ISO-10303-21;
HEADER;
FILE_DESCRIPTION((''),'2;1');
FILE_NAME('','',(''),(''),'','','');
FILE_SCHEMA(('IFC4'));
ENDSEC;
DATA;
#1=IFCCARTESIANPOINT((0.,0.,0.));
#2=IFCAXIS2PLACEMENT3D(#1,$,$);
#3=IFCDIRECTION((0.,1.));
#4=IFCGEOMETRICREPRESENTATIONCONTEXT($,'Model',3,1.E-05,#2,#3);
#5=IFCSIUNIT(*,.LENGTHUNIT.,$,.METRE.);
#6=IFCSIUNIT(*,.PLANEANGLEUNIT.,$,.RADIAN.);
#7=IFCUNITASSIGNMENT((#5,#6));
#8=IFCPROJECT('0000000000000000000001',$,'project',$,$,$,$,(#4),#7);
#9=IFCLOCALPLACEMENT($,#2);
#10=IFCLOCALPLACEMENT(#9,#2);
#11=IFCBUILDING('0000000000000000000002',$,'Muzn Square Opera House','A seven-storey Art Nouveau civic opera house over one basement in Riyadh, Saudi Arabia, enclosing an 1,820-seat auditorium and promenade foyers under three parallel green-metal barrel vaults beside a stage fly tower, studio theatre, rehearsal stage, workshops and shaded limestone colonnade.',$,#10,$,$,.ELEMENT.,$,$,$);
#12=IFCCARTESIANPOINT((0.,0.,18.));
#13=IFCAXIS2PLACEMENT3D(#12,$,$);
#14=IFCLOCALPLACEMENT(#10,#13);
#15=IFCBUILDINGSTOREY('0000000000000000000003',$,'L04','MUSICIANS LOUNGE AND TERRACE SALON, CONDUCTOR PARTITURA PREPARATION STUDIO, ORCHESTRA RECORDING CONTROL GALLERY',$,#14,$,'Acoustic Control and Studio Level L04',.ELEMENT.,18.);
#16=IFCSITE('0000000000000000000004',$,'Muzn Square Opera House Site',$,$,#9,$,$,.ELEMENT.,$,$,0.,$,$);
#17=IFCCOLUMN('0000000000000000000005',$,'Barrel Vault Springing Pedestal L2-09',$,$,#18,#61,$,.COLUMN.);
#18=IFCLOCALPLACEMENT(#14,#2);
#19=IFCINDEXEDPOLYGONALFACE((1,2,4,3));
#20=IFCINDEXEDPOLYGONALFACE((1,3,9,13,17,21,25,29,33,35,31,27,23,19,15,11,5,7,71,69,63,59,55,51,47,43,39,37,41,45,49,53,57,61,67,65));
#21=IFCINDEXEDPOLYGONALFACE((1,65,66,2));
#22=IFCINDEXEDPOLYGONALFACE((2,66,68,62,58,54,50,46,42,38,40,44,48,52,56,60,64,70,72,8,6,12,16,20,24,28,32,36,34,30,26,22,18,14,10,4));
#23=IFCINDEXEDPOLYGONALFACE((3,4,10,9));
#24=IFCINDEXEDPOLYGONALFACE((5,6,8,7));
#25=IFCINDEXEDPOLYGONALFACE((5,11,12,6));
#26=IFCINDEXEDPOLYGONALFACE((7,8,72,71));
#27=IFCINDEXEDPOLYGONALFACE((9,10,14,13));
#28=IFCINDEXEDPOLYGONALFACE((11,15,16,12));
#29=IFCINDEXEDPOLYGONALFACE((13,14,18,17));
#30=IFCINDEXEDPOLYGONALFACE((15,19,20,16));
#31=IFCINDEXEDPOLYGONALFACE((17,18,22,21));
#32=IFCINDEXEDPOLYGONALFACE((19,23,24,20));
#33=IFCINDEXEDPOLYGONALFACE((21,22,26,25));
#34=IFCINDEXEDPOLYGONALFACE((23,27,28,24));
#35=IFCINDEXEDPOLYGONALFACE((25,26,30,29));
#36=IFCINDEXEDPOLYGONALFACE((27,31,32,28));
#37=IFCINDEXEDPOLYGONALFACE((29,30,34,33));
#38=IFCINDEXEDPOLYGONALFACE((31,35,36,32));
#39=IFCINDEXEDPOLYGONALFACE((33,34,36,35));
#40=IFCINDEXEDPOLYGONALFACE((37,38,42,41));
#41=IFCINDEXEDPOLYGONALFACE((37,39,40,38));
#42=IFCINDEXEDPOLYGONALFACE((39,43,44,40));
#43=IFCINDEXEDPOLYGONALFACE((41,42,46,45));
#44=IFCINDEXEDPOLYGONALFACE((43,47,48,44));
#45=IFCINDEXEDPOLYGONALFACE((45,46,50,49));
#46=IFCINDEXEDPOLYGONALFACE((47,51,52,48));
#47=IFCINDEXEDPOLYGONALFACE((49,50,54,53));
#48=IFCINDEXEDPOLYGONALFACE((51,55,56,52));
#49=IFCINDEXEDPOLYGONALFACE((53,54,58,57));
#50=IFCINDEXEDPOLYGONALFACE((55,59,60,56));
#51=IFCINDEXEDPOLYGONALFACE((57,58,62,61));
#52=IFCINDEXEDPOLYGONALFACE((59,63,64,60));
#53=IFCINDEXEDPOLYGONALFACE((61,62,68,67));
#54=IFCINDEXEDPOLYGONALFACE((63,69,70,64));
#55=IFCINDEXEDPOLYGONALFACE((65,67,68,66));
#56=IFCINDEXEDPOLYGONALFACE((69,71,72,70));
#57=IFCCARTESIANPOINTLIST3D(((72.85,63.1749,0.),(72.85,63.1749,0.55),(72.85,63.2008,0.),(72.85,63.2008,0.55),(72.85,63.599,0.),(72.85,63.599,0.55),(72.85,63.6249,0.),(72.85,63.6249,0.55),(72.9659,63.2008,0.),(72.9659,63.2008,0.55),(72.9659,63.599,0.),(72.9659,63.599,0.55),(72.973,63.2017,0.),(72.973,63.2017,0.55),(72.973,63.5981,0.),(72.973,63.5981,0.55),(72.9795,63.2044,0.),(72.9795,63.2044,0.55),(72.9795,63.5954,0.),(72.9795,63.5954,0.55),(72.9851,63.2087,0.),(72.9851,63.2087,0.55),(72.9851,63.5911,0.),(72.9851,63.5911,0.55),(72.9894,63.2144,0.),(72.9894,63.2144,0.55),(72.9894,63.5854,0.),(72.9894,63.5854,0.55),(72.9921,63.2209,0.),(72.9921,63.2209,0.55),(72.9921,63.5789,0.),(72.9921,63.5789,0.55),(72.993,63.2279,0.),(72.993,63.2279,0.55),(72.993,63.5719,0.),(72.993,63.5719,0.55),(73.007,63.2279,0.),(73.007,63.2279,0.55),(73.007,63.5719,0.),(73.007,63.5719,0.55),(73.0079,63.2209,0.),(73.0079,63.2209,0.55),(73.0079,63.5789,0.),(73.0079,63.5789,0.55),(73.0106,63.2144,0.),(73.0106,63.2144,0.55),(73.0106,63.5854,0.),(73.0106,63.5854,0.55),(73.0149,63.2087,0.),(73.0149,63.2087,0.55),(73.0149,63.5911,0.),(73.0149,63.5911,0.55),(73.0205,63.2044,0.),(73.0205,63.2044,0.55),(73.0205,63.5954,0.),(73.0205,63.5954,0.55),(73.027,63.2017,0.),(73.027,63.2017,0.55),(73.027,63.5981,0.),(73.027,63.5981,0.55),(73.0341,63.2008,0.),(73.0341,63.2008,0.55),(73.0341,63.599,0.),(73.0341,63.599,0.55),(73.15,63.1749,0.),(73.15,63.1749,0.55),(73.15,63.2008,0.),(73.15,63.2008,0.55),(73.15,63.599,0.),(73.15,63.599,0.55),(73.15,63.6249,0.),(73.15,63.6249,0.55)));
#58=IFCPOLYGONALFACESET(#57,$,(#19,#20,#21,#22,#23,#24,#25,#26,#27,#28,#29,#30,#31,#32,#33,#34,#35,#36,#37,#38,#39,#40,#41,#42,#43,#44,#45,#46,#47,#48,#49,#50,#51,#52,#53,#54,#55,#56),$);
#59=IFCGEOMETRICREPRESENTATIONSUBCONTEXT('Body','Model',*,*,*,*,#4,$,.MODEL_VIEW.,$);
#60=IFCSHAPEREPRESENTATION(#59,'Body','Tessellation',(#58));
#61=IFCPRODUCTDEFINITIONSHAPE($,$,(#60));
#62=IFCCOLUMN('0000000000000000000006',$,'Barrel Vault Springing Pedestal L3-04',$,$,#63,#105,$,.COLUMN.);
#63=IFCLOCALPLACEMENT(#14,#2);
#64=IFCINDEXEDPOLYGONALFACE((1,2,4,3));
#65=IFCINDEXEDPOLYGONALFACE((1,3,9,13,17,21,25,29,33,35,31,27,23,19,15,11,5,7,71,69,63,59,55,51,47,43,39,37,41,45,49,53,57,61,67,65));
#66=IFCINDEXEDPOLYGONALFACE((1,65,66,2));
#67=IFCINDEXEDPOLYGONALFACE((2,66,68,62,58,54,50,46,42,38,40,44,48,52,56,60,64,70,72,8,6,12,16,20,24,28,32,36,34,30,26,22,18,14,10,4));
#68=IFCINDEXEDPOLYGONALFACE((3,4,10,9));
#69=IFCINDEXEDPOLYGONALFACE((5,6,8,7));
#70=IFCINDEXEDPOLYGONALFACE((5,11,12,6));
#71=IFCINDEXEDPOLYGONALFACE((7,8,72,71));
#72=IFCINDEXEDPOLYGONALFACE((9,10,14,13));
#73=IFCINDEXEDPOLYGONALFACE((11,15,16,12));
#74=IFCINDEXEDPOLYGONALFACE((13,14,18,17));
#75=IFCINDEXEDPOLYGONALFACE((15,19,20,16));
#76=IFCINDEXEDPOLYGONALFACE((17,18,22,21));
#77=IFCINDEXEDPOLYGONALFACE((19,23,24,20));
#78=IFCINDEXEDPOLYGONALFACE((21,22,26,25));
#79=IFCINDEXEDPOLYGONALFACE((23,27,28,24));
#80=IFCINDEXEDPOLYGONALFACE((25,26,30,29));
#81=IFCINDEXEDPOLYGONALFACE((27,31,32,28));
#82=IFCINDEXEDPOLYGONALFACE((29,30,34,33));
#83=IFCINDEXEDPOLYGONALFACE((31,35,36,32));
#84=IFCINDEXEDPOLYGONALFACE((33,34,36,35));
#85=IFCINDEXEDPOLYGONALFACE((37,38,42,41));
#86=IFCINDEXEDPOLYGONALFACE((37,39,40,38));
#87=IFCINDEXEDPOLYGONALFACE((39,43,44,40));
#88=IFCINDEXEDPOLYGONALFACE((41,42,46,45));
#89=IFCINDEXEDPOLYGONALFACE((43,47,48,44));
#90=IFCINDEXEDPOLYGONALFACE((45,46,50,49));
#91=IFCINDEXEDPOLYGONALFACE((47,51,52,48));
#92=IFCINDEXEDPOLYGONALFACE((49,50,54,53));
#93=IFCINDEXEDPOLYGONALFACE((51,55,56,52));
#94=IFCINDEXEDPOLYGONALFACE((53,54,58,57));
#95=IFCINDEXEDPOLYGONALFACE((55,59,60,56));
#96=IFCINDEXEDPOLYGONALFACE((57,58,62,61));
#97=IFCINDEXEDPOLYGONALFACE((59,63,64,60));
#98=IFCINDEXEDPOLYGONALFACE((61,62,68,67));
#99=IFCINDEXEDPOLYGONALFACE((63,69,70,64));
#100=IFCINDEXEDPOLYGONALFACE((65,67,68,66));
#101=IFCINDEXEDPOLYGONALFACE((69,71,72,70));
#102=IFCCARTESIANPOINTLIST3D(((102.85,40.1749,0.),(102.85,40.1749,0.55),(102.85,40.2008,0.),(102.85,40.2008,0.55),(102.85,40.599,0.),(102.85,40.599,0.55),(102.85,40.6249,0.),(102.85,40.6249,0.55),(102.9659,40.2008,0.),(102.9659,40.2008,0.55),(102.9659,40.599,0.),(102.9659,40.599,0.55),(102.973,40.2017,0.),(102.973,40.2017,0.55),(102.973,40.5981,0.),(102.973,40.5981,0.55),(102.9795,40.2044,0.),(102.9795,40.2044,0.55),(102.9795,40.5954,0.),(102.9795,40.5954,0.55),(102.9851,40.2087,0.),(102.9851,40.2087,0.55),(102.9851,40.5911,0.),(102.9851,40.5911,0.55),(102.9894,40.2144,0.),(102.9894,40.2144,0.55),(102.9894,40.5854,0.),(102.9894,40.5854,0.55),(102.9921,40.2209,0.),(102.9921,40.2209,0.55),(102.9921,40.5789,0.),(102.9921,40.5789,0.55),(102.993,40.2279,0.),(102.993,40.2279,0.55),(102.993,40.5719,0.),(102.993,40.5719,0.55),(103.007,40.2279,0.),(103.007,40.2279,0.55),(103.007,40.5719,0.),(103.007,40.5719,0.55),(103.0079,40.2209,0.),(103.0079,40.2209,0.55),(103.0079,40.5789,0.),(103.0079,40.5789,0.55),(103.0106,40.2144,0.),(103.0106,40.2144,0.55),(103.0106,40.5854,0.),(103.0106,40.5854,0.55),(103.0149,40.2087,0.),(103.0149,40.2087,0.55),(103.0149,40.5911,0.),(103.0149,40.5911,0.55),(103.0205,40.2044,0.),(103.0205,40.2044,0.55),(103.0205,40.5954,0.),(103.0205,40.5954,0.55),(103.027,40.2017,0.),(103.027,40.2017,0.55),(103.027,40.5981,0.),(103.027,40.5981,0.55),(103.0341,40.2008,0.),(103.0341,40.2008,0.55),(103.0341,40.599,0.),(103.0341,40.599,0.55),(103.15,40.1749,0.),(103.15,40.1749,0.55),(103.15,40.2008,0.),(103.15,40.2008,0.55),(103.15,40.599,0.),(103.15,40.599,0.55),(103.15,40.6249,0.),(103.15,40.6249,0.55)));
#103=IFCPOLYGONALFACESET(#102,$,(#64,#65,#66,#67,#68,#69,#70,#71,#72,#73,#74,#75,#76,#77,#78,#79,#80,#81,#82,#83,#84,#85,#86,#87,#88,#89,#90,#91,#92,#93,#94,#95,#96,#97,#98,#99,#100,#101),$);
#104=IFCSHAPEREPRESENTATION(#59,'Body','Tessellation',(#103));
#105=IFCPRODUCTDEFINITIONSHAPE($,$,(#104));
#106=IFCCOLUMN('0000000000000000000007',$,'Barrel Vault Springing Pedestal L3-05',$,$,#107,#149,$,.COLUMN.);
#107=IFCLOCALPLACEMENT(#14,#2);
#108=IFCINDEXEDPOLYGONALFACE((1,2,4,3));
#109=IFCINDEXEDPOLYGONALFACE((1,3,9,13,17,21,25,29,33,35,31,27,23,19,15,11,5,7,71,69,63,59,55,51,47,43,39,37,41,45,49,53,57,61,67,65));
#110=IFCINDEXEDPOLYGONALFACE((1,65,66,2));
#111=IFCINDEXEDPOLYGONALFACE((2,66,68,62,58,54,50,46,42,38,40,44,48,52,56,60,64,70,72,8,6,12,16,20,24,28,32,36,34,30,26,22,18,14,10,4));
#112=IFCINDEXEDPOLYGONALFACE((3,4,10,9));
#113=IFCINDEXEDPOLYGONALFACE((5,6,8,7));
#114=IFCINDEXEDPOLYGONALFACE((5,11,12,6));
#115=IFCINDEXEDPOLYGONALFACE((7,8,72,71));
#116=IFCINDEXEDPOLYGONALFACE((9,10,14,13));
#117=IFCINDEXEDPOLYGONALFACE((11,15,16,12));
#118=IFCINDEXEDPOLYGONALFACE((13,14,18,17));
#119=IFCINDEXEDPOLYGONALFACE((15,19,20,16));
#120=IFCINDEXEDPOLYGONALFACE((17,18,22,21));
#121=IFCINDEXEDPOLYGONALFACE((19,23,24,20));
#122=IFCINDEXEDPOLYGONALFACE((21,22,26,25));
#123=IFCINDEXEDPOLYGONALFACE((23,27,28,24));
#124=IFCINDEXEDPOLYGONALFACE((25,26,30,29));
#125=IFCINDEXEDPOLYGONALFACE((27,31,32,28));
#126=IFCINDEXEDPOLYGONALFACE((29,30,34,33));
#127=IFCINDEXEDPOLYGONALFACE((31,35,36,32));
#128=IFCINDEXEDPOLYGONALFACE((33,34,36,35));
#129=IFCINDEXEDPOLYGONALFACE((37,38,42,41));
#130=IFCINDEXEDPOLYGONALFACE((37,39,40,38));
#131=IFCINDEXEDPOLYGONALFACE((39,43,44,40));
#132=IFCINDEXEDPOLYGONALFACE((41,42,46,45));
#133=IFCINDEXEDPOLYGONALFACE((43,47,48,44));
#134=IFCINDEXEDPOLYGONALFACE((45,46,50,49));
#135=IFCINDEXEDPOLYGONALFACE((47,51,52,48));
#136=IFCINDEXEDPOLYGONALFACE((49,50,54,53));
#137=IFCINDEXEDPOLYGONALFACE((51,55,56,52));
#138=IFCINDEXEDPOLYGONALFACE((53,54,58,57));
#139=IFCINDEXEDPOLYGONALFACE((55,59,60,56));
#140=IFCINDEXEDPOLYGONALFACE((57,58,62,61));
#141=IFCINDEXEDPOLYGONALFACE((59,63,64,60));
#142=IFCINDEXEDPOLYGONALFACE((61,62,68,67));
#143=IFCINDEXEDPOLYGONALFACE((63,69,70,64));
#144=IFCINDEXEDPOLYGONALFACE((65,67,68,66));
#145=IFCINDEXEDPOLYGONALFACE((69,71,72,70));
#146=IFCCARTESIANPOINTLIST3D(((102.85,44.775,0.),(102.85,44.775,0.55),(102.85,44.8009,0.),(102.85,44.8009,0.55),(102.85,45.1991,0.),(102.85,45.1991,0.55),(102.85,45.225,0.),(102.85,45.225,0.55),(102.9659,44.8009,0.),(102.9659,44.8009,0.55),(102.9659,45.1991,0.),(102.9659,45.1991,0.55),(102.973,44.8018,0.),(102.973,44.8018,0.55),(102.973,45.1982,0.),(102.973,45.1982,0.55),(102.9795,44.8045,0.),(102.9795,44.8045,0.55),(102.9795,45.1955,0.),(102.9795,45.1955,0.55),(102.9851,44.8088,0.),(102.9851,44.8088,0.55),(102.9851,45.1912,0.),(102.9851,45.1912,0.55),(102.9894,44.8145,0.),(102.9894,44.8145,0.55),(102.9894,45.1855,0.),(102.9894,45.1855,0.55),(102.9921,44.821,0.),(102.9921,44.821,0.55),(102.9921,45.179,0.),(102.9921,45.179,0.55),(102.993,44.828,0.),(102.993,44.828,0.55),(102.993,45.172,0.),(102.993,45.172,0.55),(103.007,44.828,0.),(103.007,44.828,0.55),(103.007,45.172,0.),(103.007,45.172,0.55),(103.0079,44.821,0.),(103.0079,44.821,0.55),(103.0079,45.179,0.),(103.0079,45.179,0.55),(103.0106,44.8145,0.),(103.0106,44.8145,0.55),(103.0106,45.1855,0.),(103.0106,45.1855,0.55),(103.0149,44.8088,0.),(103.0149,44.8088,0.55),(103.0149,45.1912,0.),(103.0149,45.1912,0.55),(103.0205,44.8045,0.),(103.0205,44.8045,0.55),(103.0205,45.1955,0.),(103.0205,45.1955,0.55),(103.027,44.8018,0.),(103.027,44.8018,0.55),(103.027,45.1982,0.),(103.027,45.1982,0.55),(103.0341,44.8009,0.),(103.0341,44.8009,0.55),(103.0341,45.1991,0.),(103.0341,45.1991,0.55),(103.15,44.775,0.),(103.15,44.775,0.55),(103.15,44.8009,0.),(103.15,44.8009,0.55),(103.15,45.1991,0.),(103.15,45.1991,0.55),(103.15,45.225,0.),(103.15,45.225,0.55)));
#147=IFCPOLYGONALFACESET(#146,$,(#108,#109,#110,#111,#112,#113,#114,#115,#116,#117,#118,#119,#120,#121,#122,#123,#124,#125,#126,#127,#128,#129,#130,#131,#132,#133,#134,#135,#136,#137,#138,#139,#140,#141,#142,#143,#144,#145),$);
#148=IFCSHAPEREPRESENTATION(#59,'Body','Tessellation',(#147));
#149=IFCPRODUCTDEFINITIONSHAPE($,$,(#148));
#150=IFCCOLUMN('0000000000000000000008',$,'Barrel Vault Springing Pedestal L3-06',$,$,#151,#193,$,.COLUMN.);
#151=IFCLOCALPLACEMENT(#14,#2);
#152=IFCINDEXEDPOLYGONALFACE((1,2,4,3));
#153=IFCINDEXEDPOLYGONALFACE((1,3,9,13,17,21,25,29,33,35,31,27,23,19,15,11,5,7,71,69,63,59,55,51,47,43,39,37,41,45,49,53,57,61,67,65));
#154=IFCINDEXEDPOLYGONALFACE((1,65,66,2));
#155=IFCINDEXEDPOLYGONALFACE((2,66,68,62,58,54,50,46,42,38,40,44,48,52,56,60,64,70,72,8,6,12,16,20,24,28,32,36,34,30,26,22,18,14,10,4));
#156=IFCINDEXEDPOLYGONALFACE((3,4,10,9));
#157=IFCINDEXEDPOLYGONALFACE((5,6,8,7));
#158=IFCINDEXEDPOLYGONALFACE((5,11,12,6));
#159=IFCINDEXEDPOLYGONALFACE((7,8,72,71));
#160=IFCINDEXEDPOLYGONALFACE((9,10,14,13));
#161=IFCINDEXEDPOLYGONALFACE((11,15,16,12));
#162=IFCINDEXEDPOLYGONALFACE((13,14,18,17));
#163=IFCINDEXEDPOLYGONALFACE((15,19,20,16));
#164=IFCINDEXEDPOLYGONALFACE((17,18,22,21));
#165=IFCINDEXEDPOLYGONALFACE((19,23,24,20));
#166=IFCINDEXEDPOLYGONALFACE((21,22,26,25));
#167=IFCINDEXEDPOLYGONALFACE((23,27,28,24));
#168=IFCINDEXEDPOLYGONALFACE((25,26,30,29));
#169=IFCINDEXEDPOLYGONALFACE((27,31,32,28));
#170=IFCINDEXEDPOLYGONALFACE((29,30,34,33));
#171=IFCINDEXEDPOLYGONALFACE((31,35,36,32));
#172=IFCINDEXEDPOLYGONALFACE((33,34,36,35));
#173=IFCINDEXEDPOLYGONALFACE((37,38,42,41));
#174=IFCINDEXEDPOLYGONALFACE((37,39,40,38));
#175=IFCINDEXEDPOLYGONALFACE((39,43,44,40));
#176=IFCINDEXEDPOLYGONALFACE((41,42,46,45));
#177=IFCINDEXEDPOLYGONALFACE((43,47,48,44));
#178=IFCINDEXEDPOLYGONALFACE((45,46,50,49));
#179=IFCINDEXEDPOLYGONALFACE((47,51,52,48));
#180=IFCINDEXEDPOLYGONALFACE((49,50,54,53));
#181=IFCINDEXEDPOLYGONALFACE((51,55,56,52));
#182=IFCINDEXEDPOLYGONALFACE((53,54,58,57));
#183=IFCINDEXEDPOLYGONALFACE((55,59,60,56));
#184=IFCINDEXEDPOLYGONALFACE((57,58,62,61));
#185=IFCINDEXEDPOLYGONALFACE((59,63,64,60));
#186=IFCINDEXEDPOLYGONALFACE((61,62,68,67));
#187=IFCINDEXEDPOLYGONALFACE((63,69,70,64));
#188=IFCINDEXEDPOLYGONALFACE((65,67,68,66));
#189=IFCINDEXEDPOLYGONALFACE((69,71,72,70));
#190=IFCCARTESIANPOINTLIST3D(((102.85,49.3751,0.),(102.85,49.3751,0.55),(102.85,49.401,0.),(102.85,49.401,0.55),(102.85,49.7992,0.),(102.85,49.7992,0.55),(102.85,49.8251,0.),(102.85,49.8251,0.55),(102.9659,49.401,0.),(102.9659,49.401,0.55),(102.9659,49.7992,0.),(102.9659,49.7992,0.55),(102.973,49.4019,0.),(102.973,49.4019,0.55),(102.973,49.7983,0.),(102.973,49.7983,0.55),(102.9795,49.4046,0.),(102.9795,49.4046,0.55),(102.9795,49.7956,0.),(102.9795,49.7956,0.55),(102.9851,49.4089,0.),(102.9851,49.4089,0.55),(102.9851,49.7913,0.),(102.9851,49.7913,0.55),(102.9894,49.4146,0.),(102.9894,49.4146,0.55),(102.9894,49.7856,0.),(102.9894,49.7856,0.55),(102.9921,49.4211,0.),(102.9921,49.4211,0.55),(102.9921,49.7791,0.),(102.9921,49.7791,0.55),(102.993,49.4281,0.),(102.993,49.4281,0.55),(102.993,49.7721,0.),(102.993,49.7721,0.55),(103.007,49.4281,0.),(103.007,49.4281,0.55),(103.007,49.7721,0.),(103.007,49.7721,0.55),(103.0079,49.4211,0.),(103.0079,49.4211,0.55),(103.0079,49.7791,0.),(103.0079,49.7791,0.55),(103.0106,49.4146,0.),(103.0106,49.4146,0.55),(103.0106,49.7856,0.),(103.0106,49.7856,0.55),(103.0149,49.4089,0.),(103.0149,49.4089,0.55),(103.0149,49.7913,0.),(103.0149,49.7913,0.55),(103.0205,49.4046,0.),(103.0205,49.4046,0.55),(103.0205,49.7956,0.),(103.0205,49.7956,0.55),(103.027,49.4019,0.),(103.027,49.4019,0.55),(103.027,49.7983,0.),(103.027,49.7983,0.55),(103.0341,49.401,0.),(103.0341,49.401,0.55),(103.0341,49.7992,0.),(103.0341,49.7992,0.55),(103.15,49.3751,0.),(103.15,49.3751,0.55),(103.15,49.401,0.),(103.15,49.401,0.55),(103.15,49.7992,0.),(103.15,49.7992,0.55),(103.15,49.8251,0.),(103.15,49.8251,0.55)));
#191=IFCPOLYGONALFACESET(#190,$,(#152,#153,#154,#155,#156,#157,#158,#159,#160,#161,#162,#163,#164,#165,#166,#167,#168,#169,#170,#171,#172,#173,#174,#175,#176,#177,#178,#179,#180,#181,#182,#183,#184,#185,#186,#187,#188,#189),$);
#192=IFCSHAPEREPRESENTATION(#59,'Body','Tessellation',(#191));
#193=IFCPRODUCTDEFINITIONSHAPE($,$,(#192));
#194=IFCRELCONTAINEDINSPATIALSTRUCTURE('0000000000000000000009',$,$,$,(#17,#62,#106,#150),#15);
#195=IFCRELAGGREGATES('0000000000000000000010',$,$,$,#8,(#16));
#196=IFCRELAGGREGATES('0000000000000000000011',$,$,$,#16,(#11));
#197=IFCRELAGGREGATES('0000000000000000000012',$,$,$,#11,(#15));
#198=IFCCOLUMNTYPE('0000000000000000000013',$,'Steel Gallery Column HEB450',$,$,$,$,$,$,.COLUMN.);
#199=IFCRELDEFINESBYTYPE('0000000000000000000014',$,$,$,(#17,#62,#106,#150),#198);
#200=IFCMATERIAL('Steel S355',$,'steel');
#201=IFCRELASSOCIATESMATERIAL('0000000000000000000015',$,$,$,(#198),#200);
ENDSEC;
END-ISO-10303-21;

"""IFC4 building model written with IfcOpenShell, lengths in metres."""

from ifc_helpers import new_model, si_unit, direction, frame, origin, origin_2d, place, context, subcontext, project, spatial, i_section, extrude, material, material_profile, profile_set, type_object, element, save


model = new_model("IFC4")

# Units and contexts
model_context = context("Model", 3, precision=1e-05, world=origin(), true_north=direction((0.0, 1.0)))
body_context = subcontext(model_context, "Body", "Model", "MODEL_VIEW")
ifc_project = project(units=[si_unit("LENGTHUNIT", "METRE"), si_unit("PLANEANGLEUNIT", "RADIAN")], contexts=[model_context])

# Site, building, storey
site_placement = place(None, origin())
site = spatial("IfcSite", under=ifc_project, at=site_placement, Name="Muzn Square Opera House Site", CompositionType="ELEMENT", RefElevation=0.0)
building_placement = place(site_placement, origin())
building = spatial("IfcBuilding", under=site, at=building_placement, Name="Muzn Square Opera House", Description="A seven-storey Art Nouveau civic opera house over one basement in Riyadh, Saudi Arabia, enclosing an 1,820-seat auditorium and promenade foyers under three parallel green-metal barrel vaults beside a stage fly tower, studio theatre, rehearsal stage, workshops and shaded limestone colonnade.", CompositionType="ELEMENT")
storey_placement = place(building_placement, frame((0.0, 0.0, 18.0)))
storey = spatial("IfcBuildingStorey", under=building, at=storey_placement, Name="L04", Description="MUSICIANS LOUNGE AND TERRACE SALON, CONDUCTOR PARTITURA PREPARATION STUDIO, ORCHESTRA RECORDING CONTROL GALLERY", LongName="Acoustic Control and Studio Level L04", CompositionType="ELEMENT", Elevation=18.0)

# Columns
ifc_material = material(Name="Steel S355", Category="steel")
ifc_material_profile_1 = material_profile(ifc_material, i_section(OverallWidth=0.3, OverallDepth=0.45, WebThickness=0.0139, FlangeThickness=0.0259, FilletRadius=0.0271, at=origin_2d()), Name="HEB 450", Category="steel")
ifc_profile_set_1 = profile_set([ifc_material_profile_1], Name="Steel S355")
column_type = type_object("IfcColumnType", Name="Steel Gallery Column HEB450", PredefinedType="COLUMN", material=ifc_profile_set_1)
for number, where, z_axis, x_axis, name in (
    (1, (73.0, 63.3999, 0.0), (0.0, 0.0, 1.0), (1.0, 0.0, 0.0), "Barrel Vault Springing Pedestal L2-09"),
    (2, (103.0, 40.3999, 0.0), (0.0, 0.0, 1.0), (1.0, 0.0, 0.0), "Barrel Vault Springing Pedestal L3-04"),
    (3, (103.0, 45.0, 0.0), (0.0, 0.0, 1.0), (1.0, 0.0, 0.0), "Barrel Vault Springing Pedestal L3-05"),
    (4, (103.0, 49.6001, 0.0), (0.0, 0.0, 1.0), (1.0, 0.0, 0.0), "Barrel Vault Springing Pedestal L3-06"),
):
    element("IfcColumn", number, at=place(storey_placement, frame(where, z_axis=z_axis, x_axis=x_axis)), inside=storey, type_object=column_type, Name=name, PredefinedType="COLUMN", context=body_context, shape_type="SweptSolid", body=[
        extrude(i_section(OverallWidth=0.3, OverallDepth=0.45, WebThickness=0.0139, FlangeThickness=0.0259, FilletRadius=0.0271, at=origin_2d()), origin(), (0.0, 0.0, 1.0), 0.55),
    ])

save(model, "model.ifc")
